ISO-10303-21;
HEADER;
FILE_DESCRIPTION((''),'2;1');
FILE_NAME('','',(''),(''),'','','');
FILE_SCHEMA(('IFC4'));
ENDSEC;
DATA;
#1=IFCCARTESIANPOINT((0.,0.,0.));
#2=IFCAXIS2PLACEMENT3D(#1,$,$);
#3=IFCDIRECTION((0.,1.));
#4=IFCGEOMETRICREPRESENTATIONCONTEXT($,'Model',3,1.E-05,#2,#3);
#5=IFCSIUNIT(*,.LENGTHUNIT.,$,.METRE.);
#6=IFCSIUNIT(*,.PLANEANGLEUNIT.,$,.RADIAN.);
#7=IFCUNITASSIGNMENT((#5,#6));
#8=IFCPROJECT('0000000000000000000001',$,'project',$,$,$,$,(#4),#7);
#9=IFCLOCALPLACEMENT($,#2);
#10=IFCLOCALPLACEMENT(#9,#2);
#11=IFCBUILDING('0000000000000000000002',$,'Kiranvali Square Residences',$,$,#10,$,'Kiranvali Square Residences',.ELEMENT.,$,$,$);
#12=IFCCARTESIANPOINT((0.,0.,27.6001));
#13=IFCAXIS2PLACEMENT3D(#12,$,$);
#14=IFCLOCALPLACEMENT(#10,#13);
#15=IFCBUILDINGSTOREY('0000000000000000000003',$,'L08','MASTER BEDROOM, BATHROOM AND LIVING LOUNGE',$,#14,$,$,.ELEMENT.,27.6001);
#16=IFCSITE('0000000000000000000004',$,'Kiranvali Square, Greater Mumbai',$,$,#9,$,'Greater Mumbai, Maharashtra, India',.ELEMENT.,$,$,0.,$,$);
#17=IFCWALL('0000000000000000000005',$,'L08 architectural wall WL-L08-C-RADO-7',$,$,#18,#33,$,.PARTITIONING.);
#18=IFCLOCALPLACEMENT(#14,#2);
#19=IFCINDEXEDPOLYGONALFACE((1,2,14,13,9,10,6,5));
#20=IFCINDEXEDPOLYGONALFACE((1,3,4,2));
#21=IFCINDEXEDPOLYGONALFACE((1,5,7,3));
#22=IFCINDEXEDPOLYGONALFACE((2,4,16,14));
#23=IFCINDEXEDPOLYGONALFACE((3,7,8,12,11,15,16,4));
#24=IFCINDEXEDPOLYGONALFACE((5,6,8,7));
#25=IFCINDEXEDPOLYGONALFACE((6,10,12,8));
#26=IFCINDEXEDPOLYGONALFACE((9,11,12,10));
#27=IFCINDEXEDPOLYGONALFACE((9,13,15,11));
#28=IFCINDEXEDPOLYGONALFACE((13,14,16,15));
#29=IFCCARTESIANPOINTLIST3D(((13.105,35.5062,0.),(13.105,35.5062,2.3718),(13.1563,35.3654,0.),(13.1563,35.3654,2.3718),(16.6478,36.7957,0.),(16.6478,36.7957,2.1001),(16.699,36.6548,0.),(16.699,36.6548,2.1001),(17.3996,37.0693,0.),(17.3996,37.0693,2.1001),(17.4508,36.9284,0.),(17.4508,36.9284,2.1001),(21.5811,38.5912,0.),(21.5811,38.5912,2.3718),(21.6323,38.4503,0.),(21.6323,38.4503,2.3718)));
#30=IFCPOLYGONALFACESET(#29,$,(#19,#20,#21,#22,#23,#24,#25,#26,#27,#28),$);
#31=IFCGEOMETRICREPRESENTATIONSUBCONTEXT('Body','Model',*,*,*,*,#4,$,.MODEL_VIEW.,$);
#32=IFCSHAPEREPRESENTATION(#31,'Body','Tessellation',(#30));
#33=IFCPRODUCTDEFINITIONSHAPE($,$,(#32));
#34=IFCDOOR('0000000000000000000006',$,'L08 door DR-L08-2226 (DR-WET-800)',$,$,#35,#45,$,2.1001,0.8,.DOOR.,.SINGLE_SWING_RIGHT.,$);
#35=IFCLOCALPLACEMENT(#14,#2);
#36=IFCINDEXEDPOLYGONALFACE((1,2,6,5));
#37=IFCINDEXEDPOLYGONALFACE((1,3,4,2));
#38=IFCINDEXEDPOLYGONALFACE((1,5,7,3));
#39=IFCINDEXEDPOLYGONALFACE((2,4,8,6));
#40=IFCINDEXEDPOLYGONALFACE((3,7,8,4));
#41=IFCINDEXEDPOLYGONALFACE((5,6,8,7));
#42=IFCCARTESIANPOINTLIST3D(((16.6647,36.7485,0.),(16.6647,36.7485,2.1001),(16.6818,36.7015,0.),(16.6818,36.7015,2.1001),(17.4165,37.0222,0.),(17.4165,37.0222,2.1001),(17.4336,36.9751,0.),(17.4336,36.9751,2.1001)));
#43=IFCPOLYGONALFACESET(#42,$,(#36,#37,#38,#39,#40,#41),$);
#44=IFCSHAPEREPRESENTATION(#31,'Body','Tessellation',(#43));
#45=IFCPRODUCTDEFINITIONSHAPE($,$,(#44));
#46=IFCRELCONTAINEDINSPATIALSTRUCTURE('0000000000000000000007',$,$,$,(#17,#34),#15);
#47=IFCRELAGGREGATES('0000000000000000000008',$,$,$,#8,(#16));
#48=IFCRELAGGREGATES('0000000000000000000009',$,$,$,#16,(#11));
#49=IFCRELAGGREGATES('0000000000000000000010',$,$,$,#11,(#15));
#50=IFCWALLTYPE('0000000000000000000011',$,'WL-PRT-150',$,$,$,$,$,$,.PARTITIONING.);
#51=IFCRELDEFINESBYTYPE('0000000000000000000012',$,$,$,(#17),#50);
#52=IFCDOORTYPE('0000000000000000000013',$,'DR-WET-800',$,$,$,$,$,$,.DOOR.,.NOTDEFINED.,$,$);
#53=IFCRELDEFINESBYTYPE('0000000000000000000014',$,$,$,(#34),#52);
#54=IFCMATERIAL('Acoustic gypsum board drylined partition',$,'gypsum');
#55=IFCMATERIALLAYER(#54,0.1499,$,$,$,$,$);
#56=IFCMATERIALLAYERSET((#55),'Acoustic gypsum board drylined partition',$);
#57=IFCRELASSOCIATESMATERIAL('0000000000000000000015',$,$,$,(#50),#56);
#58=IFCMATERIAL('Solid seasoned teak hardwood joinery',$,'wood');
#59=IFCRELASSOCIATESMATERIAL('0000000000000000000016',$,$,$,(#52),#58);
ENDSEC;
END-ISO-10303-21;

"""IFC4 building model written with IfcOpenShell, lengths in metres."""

from ifc_helpers import new_model, si_unit, direction, frame, frame_2d, origin, place, context, subcontext, project, spatial, rectangle, extrude, material, layer, layer_set, type_object, element, fill, save


model = new_model("IFC4")

# Units and contexts
model_context = context("Model", 3, precision=1e-05, world=origin(), true_north=direction((0.0, 1.0)))
body_context = subcontext(model_context, "Body", "Model", "MODEL_VIEW")
ifc_project = project(units=[si_unit("LENGTHUNIT", "METRE"), si_unit("PLANEANGLEUNIT", "RADIAN")], contexts=[model_context])

# Site, building, storey
site_placement = place(None, origin())
site = spatial("IfcSite", under=ifc_project, at=site_placement, Name="Kiranvali Square, Greater Mumbai", LongName="Greater Mumbai, Maharashtra, India", CompositionType="ELEMENT", RefElevation=0.0)
building_placement = place(site_placement, origin())
building = spatial("IfcBuilding", under=site, at=building_placement, Name="Kiranvali Square Residences", LongName="Kiranvali Square Residences", CompositionType="ELEMENT")
storey_placement = place(building_placement, frame((0.0, 0.0, 27.6001)))
storey = spatial("IfcBuildingStorey", under=building, at=storey_placement, Name="L08", Description="MASTER BEDROOM, BATHROOM AND LIVING LOUNGE", CompositionType="ELEMENT", Elevation=27.6001)

# Wall, opening, door
ifc_material_1 = material(Name="Acoustic gypsum board drylined partition", Category="gypsum")
ifc_layer_1 = layer(ifc_material_1, 0.1499)
ifc_layer_set_1 = layer_set([ifc_layer_1], Name="Acoustic gypsum board drylined partition")
wall_type_1 = type_object("IfcWallType", Name="WL-PRT-150", PredefinedType="PARTITIONING", material=ifc_layer_set_1)
wall_1_placement = place(storey_placement, frame((21.6067, 38.5208, 0.0), z_axis=(0.0, 0.0, 1.0), x_axis=(-0.939695, -0.342013, 0.0)))
wall_1 = element("IfcWall", 1, at=wall_1_placement, inside=storey, type_object=wall_type_1, Name="L08 architectural wall WL-L08-C-RADO-7", PredefinedType="PARTITIONING", context=body_context, shape_type="SweptSolid", body=[
    extrude(rectangle(XDim=9.02, YDim=0.1499, at=frame_2d((4.51, 0.0))), origin(), (0.0, 0.0, 1.0), 2.3718),
])
opening_1_placement = place(wall_1_placement, frame((4.45, 0.0, 0.0)))
opening_1 = element("IfcOpeningElement", 2, at=opening_1_placement, cuts=wall_1, PredefinedType="OPENING", context=body_context, shape_type="SweptSolid", body=[
    extrude(rectangle(XDim=0.8, YDim=2.1001, at=frame_2d((0.3999, 1.05))), frame((0.0, 0.085, 0.0), z_axis=(0.0, -1.0, 0.0), x_axis=(1.0, 0.0, 0.0)), (0.0, 0.0, 1.0), 0.1699),
])
ifc_material_2 = material(Name="Solid seasoned teak hardwood joinery", Category="wood")
door_type_1 = type_object("IfcDoorType", Name="DR-WET-800", OperationType="NOTDEFINED", PredefinedType="DOOR", material=ifc_material_2)
door_1_placement = place(opening_1_placement, frame((0.8, 0.0, 0.0), z_axis=(0.0, 0.0, 1.0), x_axis=(-1.0, 0.0, 0.0)))
door_1 = element("IfcDoor", 3, at=door_1_placement, inside=storey, type_object=door_type_1, Name="L08 door DR-L08-2226 (DR-WET-800)", OperationType="SINGLE_SWING_RIGHT", OverallHeight=2.1001, OverallWidth=0.8, PredefinedType="DOOR", context=body_context, shape_type="SweptSolid", body=[
    extrude(rectangle(XDim=0.8, YDim=2.1001, at=frame_2d((0.3999, 1.05))), frame((0.0, 0.0249, 0.0), z_axis=(0.0, -1.0, 0.0), x_axis=(1.0, 0.0, 0.0)), (0.0, 0.0, 1.0), 0.05),
])
fill(opening_1, door_1)

save(model, "model.ifc")
